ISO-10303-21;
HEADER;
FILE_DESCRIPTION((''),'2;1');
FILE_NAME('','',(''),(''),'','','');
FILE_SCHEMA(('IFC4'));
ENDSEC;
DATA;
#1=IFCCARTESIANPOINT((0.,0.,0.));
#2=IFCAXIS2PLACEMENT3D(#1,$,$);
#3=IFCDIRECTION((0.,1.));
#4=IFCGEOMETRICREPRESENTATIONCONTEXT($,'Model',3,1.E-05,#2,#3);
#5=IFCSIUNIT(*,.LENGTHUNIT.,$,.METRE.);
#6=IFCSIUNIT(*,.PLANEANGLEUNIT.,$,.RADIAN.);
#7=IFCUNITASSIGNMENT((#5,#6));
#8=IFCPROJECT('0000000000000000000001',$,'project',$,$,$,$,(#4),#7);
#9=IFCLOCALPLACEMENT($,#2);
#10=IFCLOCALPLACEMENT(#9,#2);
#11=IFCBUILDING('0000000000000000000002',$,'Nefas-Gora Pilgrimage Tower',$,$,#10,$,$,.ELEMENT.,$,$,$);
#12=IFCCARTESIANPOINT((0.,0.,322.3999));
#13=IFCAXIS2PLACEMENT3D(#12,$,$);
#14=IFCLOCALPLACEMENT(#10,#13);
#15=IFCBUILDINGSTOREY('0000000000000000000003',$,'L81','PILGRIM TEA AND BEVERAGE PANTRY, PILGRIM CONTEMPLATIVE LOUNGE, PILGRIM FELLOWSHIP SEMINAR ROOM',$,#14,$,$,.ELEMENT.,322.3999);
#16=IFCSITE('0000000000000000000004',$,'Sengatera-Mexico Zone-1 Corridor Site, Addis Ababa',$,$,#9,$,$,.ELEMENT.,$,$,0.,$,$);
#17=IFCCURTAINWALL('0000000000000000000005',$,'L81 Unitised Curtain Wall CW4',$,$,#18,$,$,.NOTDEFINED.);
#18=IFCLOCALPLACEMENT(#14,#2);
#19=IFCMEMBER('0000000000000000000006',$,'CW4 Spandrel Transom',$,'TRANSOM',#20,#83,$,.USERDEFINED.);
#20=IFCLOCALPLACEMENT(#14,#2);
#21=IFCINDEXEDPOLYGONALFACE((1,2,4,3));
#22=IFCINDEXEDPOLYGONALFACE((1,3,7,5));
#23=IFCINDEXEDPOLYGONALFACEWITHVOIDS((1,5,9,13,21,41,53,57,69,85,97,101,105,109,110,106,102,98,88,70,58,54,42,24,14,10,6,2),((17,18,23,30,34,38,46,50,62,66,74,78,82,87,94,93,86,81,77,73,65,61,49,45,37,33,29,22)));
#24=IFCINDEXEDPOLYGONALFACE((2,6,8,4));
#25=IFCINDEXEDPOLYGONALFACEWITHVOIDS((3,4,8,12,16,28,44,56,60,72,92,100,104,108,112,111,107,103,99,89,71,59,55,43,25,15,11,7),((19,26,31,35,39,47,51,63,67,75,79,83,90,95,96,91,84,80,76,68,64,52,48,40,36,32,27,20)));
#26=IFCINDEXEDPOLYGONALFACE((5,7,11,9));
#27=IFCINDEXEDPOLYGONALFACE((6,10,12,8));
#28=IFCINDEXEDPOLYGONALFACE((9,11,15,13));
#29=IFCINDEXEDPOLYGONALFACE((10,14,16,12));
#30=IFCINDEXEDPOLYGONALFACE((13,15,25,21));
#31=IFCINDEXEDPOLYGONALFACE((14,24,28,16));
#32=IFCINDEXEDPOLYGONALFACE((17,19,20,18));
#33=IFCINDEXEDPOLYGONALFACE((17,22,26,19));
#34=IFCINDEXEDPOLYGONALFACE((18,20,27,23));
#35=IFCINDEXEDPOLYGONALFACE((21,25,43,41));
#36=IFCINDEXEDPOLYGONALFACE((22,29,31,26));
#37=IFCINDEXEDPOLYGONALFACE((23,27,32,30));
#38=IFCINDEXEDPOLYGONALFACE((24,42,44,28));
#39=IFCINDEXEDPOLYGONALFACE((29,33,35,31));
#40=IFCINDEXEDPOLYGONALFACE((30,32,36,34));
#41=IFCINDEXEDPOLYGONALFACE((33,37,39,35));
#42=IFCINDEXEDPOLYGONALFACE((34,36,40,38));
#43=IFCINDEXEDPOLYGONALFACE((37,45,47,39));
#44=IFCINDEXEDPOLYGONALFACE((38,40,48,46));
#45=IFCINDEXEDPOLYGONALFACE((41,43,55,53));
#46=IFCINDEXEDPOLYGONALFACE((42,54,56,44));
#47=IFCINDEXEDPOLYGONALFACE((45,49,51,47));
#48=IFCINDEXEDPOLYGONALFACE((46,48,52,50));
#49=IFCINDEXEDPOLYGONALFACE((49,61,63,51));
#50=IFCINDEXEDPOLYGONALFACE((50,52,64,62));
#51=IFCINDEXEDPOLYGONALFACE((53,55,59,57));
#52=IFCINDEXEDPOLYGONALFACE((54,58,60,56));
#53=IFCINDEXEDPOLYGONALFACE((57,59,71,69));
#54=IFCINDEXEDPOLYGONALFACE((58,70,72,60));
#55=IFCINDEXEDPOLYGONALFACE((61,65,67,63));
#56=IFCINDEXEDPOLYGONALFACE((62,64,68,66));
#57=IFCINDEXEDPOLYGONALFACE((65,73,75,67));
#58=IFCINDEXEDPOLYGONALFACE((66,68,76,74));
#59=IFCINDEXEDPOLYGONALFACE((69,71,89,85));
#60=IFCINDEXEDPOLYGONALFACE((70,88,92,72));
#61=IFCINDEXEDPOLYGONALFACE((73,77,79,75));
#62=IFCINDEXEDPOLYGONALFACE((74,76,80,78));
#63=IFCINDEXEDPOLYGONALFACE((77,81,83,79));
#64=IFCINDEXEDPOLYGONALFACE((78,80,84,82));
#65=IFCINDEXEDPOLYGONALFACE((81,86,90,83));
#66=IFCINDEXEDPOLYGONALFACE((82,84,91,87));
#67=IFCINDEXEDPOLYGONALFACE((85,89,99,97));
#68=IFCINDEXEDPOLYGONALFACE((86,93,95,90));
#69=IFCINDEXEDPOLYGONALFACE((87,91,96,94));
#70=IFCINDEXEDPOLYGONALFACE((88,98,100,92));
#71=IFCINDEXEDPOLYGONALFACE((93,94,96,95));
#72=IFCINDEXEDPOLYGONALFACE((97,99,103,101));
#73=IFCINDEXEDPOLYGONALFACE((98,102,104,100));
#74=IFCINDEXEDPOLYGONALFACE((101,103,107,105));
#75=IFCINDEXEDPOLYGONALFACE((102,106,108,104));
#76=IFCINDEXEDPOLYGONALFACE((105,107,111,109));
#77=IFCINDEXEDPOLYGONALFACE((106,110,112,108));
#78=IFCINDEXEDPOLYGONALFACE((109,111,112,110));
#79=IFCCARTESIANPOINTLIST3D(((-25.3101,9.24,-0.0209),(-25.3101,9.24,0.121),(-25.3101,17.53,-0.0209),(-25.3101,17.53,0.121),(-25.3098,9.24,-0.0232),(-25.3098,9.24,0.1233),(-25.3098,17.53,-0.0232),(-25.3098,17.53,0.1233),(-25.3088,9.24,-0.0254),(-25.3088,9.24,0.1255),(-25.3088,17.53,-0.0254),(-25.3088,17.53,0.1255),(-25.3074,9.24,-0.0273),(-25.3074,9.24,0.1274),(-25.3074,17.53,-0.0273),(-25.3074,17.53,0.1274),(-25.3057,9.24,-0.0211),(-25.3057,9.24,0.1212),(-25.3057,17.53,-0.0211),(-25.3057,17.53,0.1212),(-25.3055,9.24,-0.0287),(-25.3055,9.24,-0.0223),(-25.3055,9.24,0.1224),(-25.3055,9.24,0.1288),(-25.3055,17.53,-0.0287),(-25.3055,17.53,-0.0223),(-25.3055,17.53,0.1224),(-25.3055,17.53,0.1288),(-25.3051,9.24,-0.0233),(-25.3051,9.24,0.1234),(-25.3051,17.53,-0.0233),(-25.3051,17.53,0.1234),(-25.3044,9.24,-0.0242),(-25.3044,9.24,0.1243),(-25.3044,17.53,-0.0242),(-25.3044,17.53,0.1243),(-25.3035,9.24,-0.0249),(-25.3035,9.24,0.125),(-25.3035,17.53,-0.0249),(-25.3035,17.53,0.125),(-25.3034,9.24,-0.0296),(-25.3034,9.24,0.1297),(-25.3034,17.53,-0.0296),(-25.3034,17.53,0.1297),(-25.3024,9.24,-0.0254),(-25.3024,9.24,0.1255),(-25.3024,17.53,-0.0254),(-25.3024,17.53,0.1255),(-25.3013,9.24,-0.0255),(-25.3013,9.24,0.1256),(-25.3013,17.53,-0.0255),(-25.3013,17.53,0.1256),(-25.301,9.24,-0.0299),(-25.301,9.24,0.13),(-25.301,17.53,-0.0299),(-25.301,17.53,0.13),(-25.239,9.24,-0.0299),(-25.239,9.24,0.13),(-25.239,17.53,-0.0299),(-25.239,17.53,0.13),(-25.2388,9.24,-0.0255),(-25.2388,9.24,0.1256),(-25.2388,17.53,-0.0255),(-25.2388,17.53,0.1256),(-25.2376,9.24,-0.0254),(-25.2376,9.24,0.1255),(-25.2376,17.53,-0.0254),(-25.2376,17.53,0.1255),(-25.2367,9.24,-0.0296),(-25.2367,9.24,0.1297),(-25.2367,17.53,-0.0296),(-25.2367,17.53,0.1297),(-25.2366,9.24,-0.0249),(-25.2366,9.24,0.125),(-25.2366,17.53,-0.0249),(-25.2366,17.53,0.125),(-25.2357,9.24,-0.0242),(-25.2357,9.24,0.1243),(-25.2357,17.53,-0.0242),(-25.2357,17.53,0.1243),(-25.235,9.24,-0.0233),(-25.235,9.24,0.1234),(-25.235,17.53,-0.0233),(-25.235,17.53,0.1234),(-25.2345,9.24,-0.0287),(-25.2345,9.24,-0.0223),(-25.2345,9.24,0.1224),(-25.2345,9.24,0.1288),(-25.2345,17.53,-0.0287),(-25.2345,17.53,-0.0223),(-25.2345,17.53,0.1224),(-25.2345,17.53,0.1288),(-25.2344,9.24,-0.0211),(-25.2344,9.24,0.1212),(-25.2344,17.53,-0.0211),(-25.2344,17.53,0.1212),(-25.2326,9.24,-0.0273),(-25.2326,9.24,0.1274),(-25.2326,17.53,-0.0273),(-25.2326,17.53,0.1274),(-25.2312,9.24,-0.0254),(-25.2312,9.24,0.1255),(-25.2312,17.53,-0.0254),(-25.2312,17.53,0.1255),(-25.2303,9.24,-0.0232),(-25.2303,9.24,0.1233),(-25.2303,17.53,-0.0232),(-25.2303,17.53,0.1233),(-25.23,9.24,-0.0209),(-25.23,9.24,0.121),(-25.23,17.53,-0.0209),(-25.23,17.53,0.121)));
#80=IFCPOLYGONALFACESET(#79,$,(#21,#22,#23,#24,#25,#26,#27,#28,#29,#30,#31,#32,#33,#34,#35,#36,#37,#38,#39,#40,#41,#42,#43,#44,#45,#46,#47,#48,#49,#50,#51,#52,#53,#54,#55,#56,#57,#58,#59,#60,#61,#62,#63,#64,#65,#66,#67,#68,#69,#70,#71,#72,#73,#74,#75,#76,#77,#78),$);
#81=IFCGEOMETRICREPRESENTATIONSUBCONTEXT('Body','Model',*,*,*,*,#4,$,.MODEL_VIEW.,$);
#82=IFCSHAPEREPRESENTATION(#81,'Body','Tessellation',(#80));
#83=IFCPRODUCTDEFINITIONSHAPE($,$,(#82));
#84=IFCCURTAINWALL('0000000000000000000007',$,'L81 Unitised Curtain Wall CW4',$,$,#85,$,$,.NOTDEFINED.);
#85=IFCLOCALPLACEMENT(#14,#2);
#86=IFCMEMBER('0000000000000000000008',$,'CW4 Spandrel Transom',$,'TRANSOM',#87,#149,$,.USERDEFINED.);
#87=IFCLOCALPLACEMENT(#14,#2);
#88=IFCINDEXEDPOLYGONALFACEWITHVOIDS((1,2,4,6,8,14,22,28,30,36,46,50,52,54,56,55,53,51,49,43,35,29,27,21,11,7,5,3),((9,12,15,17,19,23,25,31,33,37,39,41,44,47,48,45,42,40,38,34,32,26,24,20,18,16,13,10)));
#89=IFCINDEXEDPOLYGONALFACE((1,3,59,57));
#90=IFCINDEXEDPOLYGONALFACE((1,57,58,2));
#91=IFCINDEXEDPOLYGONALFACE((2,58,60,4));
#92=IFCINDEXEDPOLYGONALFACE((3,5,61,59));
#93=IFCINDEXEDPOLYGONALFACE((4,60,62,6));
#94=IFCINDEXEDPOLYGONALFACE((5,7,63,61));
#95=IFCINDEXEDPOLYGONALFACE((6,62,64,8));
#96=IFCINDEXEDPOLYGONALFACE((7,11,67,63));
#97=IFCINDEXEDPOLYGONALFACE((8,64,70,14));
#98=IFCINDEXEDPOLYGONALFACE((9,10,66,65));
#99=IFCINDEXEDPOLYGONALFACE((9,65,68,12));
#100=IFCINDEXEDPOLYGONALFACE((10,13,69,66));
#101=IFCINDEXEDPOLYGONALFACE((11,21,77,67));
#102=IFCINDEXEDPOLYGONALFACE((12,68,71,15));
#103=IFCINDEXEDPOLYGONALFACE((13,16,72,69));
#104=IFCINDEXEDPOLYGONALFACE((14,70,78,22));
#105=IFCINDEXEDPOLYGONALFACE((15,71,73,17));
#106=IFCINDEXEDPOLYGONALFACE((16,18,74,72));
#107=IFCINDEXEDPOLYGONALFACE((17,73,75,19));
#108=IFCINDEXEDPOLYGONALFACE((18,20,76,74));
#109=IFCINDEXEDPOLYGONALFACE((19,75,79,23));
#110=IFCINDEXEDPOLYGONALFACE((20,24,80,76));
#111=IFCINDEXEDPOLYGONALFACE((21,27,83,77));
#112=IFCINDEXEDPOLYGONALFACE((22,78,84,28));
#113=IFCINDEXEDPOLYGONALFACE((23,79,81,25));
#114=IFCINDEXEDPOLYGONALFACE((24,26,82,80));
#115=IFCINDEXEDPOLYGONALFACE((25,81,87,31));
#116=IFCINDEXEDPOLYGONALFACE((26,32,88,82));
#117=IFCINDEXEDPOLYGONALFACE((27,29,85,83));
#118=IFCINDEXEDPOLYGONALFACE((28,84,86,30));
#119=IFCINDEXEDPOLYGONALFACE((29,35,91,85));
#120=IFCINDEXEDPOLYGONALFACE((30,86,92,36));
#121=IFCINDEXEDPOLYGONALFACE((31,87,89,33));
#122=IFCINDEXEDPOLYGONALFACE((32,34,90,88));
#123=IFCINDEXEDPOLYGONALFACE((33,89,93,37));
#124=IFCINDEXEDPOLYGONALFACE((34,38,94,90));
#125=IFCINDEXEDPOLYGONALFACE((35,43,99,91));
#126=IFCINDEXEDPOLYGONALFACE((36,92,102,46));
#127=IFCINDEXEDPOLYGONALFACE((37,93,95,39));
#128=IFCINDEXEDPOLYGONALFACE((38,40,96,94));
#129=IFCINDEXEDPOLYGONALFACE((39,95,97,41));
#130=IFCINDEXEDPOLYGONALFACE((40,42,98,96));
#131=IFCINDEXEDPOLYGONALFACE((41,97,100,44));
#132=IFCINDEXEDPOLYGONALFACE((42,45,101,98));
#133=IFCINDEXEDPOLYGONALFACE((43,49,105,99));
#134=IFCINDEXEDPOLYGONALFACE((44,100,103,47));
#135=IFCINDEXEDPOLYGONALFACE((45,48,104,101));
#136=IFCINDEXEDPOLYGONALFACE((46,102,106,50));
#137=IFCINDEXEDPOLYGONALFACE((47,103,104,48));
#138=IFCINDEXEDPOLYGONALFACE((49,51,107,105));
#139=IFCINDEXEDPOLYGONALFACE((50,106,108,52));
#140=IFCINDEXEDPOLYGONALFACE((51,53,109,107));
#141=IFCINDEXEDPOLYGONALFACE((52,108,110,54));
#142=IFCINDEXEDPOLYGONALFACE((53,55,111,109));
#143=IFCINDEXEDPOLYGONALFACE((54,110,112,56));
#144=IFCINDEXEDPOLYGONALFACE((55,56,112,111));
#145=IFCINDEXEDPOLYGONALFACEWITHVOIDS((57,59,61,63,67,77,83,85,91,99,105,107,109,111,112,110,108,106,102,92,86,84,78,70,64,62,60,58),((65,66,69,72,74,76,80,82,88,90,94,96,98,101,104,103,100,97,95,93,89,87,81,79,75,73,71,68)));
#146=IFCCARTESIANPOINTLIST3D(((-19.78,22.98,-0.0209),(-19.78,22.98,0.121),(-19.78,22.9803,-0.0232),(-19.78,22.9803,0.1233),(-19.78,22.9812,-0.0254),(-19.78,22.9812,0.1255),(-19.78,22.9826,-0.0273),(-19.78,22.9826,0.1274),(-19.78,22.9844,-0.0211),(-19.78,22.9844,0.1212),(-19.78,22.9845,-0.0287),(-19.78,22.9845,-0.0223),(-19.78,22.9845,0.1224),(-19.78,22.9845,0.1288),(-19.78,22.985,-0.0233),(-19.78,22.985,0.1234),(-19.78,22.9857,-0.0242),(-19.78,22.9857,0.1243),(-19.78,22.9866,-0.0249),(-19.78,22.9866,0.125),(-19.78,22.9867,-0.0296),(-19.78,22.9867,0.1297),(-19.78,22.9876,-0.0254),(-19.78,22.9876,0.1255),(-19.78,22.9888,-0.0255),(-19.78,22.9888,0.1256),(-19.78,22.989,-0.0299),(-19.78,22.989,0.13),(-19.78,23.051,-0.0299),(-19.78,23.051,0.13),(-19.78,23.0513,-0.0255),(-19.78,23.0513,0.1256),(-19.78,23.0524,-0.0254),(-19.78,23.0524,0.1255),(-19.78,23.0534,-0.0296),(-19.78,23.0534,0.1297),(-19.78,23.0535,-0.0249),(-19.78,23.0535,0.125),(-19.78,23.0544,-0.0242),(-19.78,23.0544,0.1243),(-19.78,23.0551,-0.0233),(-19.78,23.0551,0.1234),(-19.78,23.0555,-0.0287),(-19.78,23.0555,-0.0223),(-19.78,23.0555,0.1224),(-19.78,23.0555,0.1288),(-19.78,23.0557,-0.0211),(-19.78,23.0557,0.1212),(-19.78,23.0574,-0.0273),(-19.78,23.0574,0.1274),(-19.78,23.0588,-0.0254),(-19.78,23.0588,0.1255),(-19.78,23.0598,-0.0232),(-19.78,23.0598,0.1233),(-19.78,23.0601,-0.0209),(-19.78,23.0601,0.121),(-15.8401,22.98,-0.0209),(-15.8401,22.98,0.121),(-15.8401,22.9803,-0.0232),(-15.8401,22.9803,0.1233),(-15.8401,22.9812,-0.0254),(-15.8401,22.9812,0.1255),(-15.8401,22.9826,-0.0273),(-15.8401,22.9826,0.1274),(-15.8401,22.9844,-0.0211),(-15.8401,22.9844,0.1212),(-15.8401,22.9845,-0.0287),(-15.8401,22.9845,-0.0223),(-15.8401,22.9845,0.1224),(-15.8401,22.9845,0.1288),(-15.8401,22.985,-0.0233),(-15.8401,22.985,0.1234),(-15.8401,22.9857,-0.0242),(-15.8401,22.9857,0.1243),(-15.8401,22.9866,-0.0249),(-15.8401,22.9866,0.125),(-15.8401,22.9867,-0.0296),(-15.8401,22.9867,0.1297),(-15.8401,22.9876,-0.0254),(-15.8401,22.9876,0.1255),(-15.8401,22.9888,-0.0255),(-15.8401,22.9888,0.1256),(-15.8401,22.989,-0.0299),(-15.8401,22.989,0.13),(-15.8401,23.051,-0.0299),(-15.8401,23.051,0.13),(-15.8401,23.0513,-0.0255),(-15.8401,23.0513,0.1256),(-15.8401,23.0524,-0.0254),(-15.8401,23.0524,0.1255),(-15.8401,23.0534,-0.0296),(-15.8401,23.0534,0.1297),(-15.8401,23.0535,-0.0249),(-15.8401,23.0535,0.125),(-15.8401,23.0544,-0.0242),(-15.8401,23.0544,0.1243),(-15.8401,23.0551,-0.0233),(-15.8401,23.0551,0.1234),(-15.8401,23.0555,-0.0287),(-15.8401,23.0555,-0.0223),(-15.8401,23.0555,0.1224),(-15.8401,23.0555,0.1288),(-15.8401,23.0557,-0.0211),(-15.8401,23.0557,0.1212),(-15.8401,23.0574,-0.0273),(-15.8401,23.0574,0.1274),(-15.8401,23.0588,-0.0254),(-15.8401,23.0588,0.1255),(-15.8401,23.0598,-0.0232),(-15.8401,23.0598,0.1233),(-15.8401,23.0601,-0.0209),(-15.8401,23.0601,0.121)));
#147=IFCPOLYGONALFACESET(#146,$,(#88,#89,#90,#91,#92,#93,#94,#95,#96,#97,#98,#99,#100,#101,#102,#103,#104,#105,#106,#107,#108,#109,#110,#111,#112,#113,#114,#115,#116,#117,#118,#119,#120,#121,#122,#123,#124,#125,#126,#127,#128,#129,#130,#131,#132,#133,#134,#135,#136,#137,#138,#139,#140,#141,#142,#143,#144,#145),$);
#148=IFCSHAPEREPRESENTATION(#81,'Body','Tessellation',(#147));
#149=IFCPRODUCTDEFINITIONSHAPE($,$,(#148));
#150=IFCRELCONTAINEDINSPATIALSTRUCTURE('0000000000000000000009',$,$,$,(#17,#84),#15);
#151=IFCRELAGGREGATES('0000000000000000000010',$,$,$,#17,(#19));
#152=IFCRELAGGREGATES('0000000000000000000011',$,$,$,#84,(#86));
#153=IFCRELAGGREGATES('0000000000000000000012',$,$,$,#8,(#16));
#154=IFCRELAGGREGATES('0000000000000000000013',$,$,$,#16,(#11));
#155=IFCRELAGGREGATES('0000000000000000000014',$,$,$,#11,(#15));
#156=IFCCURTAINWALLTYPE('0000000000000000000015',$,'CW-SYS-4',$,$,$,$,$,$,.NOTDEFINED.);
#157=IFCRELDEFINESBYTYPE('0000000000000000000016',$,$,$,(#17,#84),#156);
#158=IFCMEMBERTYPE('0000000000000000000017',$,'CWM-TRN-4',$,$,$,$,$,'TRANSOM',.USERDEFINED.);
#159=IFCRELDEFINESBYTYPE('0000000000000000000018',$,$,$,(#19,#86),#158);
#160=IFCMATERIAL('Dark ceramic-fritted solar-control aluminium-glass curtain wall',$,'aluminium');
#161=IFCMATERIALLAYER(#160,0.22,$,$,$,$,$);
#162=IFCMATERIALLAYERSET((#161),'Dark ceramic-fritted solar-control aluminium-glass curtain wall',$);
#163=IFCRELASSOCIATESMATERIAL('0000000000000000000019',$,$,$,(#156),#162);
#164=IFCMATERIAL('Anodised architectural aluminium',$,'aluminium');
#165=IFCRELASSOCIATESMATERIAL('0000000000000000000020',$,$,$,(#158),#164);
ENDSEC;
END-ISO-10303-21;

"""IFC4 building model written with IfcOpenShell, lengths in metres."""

from ifc_helpers import new_model, si_unit, direction, frame, origin, origin_2d, place, context, subcontext, project, spatial, hollow_rectangle, extrude, source, transform, mapped, material, layer, layer_set, material_profile, profile_set, type_object, element, aggregate, save


model = new_model("IFC4")

# Units and contexts
model_context = context("Model", 3, precision=1e-05, world=origin(), true_north=direction((0.0, 1.0)))
body_context = subcontext(model_context, "Body", "Model", "MODEL_VIEW")
ifc_project = project(units=[si_unit("LENGTHUNIT", "METRE"), si_unit("PLANEANGLEUNIT", "RADIAN")], contexts=[model_context])

# Site, building, storey
site_placement = place(None, origin())
site = spatial("IfcSite", under=ifc_project, at=site_placement, Name="Sengatera-Mexico Zone-1 Corridor Site, Addis Ababa", CompositionType="ELEMENT", RefElevation=0.0)
building_placement = place(site_placement, origin())
building = spatial("IfcBuilding", under=site, at=building_placement, Name="Nefas-Gora Pilgrimage Tower", CompositionType="ELEMENT")
storey_placement = place(building_placement, frame((0.0, 0.0, 322.3999)))
storey = spatial("IfcBuildingStorey", under=building, at=storey_placement, Name="L81", Description="PILGRIM TEA AND BEVERAGE PANTRY, PILGRIM CONTEMPLATIVE LOUNGE, PILGRIM FELLOWSHIP SEMINAR ROOM", CompositionType="ELEMENT", Elevation=322.3999)

# Curtain wall, member
ifc_material_1 = material(Name="Dark ceramic-fritted solar-control aluminium-glass curtain wall", Category="aluminium")
ifc_material_2 = material(Name="Anodised architectural aluminium", Category="aluminium")
ifc_layer_1 = layer(ifc_material_1, 0.22)
ifc_layer_set_1 = layer_set([ifc_layer_1], Name="Dark ceramic-fritted solar-control aluminium-glass curtain wall")
curtain_wall_type_1 = type_object("IfcCurtainWallType", Name="CW-SYS-4", PredefinedType="NOTDEFINED", material=ifc_layer_set_1)
curtain_wall_1_placement = place(storey_placement, origin())
curtain_wall_1 = element("IfcCurtainWall", 1, at=curtain_wall_1_placement, inside=storey, type_object=curtain_wall_type_1, Name="L81 Unitised Curtain Wall CW4", PredefinedType="NOTDEFINED")
ifc_material_profile_1 = material_profile(ifc_material_2, hollow_rectangle(XDim=0.0801, YDim=0.1599, WallThickness=0.0044, InnerFilletRadius=0.0044, OuterFilletRadius=0.009, at=origin_2d()), Name="ALU TRANSOM 80x160")
ifc_profile_set_1 = profile_set([ifc_material_profile_1], Name="Anodised architectural aluminium")
member_type_1 = type_object("IfcMemberType", Name="CWM-TRN-4", ElementType="TRANSOM", PredefinedType="USERDEFINED", material=ifc_profile_set_1)
shared_shape_1 = source(origin(), body_context, "Body", "SweptSolid", [
    extrude(hollow_rectangle(XDim=0.0801, YDim=0.1599, WallThickness=0.0044, InnerFilletRadius=0.0044, OuterFilletRadius=0.009, at=origin_2d()), origin(), (0.0, 0.0, 1.0), 8.29),
])
member_1_placement = place(storey_placement, frame((-25.27, 17.53, 0.05), z_axis=(0.0, -1.0, 0.0), x_axis=(1.0, 0.0, 0.0)))
member_1 = element("IfcMember", 2, at=member_1_placement, type_object=member_type_1, Name="CW4 Spandrel Transom", ObjectType="TRANSOM", PredefinedType="USERDEFINED", context=body_context, shape_type="MappedRepresentation", body=[
    mapped(shared_shape_1, transform((0.0, 0.0, 0.0), x_axis=(1.0, 0.0, 0.0), y_axis=(0.0, 1.0, 0.0), z_axis=(0.0, 0.0, 1.0), scale=1.0)),
])

# Curtain wall, member
curtain_wall_2_placement = place(storey_placement, origin())
curtain_wall_2 = element("IfcCurtainWall", 3, at=curtain_wall_2_placement, inside=storey, type_object=curtain_wall_type_1, Name="L81 Unitised Curtain Wall CW4", PredefinedType="NOTDEFINED")
shared_shape_2 = source(origin(), body_context, "Body", "SweptSolid", [
    extrude(hollow_rectangle(XDim=0.0801, YDim=0.1599, WallThickness=0.0044, InnerFilletRadius=0.0044, OuterFilletRadius=0.009, at=origin_2d()), origin(), (0.0, 0.0, 1.0), 3.9399),
])
member_2_placement = place(storey_placement, frame((-15.8401, 23.02, 0.05), z_axis=(-1.0, 0.0, 0.0), x_axis=(0.0, -1.0, 0.0)))
member_2 = element("IfcMember", 4, at=member_2_placement, type_object=member_type_1, Name="CW4 Spandrel Transom", ObjectType="TRANSOM", PredefinedType="USERDEFINED", context=body_context, shape_type="MappedRepresentation", body=[
    mapped(shared_shape_2, transform((0.0, 0.0, 0.0), x_axis=(1.0, 0.0, 0.0), y_axis=(0.0, 1.0, 0.0), z_axis=(0.0, 0.0, 1.0), scale=1.0)),
])

aggregate(curtain_wall_1, [member_1])
aggregate(curtain_wall_2, [member_2])

save(model, "model.ifc")
